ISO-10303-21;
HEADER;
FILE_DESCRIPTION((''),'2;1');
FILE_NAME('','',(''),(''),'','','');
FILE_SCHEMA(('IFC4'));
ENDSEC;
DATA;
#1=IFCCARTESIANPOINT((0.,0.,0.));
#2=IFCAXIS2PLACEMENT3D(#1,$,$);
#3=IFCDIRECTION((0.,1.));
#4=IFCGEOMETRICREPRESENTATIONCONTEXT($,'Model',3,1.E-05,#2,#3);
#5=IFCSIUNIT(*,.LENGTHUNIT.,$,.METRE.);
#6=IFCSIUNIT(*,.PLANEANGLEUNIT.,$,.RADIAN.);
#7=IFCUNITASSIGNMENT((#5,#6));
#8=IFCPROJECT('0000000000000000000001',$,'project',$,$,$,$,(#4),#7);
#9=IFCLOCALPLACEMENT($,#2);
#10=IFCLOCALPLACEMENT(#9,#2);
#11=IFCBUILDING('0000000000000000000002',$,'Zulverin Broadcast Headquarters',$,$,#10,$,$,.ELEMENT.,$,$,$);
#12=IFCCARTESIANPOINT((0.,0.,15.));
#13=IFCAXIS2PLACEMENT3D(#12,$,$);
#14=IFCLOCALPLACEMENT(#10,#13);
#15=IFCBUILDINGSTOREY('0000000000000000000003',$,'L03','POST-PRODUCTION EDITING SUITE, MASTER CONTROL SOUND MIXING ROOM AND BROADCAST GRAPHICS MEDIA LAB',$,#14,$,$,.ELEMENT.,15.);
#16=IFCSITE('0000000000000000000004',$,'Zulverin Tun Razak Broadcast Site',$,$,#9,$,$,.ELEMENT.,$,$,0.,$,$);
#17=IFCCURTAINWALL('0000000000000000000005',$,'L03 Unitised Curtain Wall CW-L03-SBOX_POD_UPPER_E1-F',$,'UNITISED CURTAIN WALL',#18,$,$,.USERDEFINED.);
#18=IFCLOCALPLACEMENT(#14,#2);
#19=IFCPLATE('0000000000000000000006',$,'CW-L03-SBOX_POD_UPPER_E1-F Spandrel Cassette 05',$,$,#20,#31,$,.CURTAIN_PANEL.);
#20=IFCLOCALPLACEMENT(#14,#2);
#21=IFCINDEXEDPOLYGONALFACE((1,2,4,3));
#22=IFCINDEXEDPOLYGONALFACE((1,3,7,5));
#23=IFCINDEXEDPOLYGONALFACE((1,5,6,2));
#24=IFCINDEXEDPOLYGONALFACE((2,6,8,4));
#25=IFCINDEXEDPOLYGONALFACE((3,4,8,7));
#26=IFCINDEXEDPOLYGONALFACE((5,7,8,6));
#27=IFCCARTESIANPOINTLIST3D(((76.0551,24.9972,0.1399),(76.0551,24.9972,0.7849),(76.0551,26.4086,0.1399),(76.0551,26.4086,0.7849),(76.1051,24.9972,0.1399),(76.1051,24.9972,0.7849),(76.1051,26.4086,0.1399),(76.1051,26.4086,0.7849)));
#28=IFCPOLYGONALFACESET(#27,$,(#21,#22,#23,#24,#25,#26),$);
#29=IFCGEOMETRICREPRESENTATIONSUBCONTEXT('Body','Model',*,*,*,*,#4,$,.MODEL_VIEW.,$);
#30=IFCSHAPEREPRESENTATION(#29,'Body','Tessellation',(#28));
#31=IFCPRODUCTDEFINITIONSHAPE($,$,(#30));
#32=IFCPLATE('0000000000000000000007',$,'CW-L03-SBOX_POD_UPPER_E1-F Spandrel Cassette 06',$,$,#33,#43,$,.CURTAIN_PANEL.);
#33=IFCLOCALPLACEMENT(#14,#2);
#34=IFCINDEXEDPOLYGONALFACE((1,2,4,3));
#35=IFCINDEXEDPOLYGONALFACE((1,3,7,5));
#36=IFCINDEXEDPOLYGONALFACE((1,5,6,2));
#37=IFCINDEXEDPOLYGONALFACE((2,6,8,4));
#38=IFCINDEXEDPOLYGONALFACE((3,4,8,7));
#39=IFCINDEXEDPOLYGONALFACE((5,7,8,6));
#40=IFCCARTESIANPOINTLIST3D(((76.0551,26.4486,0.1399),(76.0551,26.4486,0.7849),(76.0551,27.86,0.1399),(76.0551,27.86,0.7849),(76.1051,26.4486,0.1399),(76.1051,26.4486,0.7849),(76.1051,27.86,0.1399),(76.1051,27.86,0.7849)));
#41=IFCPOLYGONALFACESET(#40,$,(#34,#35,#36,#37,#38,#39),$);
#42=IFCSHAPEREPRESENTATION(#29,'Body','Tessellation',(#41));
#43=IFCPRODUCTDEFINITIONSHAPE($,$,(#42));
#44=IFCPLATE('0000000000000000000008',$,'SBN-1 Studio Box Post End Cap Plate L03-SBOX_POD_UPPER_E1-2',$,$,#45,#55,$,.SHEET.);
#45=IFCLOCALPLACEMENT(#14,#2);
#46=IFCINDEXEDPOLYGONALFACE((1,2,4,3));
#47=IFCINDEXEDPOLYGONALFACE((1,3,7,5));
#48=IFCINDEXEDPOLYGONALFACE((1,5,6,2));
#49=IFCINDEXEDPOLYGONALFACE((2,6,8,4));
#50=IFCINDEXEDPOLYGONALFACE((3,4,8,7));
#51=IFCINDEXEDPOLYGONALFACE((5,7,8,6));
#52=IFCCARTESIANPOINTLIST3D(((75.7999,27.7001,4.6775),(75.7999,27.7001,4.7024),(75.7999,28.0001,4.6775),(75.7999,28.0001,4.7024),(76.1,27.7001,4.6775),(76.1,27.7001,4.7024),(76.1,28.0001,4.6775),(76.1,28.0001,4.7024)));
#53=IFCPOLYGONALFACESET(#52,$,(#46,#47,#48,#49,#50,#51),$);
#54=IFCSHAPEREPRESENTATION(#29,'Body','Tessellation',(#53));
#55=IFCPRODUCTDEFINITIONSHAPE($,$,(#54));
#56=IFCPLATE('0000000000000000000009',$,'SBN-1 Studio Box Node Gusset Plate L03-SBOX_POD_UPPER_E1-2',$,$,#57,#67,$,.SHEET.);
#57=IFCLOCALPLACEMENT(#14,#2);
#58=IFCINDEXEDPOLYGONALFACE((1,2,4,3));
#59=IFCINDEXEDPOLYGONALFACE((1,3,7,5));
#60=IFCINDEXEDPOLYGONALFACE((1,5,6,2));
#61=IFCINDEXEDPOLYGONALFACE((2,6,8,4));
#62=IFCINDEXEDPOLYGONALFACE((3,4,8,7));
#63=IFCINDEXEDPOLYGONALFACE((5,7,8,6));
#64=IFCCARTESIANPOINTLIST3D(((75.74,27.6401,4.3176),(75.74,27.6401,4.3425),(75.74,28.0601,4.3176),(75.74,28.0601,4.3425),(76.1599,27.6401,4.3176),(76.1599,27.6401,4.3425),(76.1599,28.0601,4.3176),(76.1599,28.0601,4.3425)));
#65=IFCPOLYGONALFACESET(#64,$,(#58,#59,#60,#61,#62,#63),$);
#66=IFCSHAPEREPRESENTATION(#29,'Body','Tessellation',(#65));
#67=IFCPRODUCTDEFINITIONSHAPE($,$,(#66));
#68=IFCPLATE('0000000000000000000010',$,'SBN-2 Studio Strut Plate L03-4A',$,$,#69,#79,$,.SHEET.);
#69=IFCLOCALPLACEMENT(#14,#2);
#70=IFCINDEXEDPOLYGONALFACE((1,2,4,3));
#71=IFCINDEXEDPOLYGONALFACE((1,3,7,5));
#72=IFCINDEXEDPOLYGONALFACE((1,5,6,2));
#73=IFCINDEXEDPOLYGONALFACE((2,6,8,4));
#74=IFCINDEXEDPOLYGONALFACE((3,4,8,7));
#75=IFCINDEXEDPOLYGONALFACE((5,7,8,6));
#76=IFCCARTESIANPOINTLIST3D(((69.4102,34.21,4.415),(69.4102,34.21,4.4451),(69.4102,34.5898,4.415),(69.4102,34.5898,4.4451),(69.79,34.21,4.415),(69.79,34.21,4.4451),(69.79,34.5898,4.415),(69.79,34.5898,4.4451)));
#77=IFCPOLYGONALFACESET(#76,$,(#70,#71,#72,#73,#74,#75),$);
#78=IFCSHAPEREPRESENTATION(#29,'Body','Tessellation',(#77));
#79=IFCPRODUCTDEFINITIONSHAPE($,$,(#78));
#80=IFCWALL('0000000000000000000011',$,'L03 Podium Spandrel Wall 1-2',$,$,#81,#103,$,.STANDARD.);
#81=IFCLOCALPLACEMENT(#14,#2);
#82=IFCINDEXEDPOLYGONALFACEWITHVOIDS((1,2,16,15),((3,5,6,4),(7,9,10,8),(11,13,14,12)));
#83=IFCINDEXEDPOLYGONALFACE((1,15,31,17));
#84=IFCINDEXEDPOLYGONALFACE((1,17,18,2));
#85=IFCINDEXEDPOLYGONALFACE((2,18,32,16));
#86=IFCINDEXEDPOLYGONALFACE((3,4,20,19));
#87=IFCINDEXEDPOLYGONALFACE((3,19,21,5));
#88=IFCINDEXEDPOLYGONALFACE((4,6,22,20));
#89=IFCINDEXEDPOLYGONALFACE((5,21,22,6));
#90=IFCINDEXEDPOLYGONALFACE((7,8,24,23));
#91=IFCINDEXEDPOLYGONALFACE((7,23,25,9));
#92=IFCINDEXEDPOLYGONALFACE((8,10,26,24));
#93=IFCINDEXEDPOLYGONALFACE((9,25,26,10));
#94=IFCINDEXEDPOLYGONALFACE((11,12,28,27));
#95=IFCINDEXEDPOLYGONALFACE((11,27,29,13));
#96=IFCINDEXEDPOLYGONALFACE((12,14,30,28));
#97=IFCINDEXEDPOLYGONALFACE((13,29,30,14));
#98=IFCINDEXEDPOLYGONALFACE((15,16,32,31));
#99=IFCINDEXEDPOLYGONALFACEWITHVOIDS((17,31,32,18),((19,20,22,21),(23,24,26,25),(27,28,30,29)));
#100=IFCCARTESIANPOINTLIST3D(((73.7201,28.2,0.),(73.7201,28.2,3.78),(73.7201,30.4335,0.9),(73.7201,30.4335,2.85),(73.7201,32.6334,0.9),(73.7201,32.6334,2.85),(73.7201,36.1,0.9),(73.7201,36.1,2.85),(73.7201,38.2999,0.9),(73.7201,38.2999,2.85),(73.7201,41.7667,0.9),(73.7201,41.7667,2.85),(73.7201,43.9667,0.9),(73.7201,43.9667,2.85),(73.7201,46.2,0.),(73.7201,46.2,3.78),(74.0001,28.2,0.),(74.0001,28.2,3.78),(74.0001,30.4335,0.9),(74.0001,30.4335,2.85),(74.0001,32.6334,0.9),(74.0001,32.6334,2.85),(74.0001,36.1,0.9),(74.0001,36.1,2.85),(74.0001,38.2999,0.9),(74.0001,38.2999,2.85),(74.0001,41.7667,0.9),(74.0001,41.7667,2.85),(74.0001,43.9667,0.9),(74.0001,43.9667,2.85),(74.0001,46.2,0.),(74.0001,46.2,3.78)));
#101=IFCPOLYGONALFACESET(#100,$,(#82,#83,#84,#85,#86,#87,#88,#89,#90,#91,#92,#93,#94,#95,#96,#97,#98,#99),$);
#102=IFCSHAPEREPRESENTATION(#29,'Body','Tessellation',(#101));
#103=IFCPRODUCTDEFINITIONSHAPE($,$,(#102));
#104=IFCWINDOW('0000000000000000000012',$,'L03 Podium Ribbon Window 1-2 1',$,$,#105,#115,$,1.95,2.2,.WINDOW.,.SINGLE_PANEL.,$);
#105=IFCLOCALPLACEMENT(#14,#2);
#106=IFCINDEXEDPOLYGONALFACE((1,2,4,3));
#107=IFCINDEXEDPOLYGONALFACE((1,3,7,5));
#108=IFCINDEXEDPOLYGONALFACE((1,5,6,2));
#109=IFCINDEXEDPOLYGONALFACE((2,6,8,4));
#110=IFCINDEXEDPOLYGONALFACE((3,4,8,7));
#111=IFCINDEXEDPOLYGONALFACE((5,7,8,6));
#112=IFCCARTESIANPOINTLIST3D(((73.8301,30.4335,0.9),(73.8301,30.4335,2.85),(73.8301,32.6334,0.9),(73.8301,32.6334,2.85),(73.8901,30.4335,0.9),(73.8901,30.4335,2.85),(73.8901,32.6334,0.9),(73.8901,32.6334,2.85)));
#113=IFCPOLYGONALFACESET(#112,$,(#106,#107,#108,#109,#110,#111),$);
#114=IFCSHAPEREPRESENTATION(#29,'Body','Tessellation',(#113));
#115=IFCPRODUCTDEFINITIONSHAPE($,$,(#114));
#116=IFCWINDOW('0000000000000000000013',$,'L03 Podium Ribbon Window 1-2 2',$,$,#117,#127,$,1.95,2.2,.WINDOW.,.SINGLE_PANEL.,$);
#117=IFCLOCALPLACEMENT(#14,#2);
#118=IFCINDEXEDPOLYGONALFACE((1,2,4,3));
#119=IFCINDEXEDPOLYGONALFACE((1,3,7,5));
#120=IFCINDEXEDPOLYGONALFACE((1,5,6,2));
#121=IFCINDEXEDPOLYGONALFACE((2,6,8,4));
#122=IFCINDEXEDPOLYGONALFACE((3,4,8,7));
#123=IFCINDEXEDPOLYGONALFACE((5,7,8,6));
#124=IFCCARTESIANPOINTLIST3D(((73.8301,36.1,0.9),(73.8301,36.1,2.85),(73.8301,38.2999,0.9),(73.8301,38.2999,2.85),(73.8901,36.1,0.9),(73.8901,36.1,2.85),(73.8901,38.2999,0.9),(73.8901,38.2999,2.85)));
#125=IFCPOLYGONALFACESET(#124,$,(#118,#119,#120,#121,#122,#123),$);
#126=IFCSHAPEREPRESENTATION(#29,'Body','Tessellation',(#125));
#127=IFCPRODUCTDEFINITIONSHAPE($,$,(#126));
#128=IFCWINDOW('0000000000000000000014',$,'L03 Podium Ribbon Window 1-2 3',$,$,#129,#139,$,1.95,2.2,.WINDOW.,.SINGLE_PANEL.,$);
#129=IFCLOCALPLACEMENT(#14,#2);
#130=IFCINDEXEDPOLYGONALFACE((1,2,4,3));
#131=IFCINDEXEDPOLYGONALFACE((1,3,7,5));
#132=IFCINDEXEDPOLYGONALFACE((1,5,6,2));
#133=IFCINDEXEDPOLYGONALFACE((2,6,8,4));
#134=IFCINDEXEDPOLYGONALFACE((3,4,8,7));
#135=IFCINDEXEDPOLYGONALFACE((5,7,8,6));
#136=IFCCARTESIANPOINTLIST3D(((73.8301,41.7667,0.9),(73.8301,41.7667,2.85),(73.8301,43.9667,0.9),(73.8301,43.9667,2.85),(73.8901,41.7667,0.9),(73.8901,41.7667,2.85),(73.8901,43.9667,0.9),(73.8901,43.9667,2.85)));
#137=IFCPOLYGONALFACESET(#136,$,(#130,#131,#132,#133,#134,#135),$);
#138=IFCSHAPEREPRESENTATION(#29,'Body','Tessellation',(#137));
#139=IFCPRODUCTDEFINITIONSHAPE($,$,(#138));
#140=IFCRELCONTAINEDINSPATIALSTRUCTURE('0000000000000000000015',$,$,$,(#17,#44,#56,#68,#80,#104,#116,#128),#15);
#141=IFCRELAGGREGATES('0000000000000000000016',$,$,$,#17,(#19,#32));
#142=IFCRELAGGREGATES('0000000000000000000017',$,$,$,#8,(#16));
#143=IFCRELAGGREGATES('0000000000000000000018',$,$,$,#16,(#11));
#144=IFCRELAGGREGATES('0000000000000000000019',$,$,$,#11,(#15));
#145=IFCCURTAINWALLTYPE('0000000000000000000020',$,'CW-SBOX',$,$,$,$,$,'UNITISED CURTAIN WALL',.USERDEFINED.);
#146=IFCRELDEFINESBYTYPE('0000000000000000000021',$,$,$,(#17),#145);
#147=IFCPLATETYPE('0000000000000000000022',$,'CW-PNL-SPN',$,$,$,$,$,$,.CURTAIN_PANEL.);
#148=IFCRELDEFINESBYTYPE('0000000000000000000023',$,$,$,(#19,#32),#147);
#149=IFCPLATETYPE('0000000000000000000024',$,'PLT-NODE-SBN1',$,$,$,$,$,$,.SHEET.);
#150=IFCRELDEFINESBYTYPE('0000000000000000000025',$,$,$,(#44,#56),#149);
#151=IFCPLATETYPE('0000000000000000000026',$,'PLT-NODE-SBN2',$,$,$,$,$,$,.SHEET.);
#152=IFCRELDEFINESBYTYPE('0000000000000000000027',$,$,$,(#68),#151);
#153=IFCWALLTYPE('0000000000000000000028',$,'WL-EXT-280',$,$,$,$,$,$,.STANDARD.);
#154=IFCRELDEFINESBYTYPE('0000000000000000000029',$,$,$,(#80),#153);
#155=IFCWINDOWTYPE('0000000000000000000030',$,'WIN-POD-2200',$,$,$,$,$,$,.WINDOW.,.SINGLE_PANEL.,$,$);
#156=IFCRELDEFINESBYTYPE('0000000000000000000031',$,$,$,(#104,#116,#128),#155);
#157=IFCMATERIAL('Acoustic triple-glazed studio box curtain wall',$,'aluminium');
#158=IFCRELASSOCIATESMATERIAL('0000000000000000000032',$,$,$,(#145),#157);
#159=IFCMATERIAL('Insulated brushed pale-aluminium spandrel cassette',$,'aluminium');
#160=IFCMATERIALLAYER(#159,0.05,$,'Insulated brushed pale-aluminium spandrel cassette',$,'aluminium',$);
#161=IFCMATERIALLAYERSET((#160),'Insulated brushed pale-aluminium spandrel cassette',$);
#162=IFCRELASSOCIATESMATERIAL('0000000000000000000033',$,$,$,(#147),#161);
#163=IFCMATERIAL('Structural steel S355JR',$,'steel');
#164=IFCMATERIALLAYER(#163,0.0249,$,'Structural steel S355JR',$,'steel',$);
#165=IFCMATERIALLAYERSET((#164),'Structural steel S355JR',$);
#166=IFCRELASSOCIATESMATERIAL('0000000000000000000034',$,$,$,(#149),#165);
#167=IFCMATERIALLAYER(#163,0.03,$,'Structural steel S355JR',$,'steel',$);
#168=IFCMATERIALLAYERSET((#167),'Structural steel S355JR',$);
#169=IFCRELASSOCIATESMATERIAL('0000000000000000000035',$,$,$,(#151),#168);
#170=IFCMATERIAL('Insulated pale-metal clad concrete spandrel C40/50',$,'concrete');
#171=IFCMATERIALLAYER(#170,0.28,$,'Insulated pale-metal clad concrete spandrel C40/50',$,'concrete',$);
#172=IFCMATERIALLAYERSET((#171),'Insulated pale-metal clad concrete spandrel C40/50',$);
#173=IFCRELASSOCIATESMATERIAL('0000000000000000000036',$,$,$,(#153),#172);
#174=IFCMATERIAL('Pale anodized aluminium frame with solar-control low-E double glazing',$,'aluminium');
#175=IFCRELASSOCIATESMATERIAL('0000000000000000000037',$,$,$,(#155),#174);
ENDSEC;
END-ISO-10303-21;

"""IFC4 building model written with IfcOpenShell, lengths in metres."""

from ifc_helpers import new_model, si_unit, direction, frame, frame_2d, origin, origin_2d, place, context, subcontext, project, spatial, rectangle, extrude, material, layer, layer_set, type_object, element, fill, aggregate, save


model = new_model("IFC4")

# Units and contexts
model_context = context("Model", 3, precision=1e-05, world=origin(), true_north=direction((0.0, 1.0)))
body_context = subcontext(model_context, "Body", "Model", "MODEL_VIEW")
ifc_project = project(units=[si_unit("LENGTHUNIT", "METRE"), si_unit("PLANEANGLEUNIT", "RADIAN")], contexts=[model_context])

# Site, building, storey
site_placement = place(None, origin())
site = spatial("IfcSite", under=ifc_project, at=site_placement, Name="Zulverin Tun Razak Broadcast Site", CompositionType="ELEMENT", RefElevation=0.0)
building_placement = place(site_placement, origin())
building = spatial("IfcBuilding", under=site, at=building_placement, Name="Zulverin Broadcast Headquarters", CompositionType="ELEMENT")
storey_placement = place(building_placement, frame((0.0, 0.0, 15.0)))
storey = spatial("IfcBuildingStorey", under=building, at=storey_placement, Name="L03", Description="POST-PRODUCTION EDITING SUITE, MASTER CONTROL SOUND MIXING ROOM AND BROADCAST GRAPHICS MEDIA LAB", CompositionType="ELEMENT", Elevation=15.0)

# Shared definitions
ifc_material_1 = material(Name="Structural steel S355JR", Category="steel")

# Curtain wall
ifc_material_2 = material(Name="Acoustic triple-glazed studio box curtain wall", Category="aluminium")
curtain_wall_type = type_object("IfcCurtainWallType", Name="CW-SBOX", ElementType="UNITISED CURTAIN WALL", PredefinedType="USERDEFINED", material=ifc_material_2)
curtain_wall_placement = place(storey_placement, origin())
curtain_wall = element("IfcCurtainWall", 1, at=curtain_wall_placement, inside=storey, type_object=curtain_wall_type, Name="L03 Unitised Curtain Wall CW-L03-SBOX_POD_UPPER_E1-F", ObjectType="UNITISED CURTAIN WALL", PredefinedType="USERDEFINED")

# Plates
ifc_material_3 = material(Name="Insulated brushed pale-aluminium spandrel cassette", Category="aluminium")
ifc_layer_1 = layer(ifc_material_3, 0.05, Name="Insulated brushed pale-aluminium spandrel cassette", Category="aluminium")
ifc_layer_set_1 = layer_set([ifc_layer_1], Name="Insulated brushed pale-aluminium spandrel cassette")
plate_type_1 = type_object("IfcPlateType", Name="CW-PNL-SPN", PredefinedType="CURTAIN_PANEL", material=ifc_layer_set_1)
plate_1_placement = place(storey_placement, frame((76.0801, 25.7029, 0.1399), z_axis=(0.0, 0.0, 1.0), x_axis=(0.0, 1.0, 0.0)))
plate_1 = element("IfcPlate", 2, at=plate_1_placement, type_object=plate_type_1, Name="CW-L03-SBOX_POD_UPPER_E1-F Spandrel Cassette 05", PredefinedType="CURTAIN_PANEL", context=body_context, shape_type="SweptSolid", body=[
    extrude(rectangle(XDim=1.4114, YDim=0.05, at=origin_2d()), origin(), (0.0, 0.0, 1.0), 0.645),
])
plate_2_placement = place(storey_placement, frame((76.0801, 27.1543, 0.1399), z_axis=(0.0, 0.0, 1.0), x_axis=(0.0, 1.0, 0.0)))
plate_2 = element("IfcPlate", 3, at=plate_2_placement, type_object=plate_type_1, Name="CW-L03-SBOX_POD_UPPER_E1-F Spandrel Cassette 06", PredefinedType="CURTAIN_PANEL", context=body_context, shape_type="SweptSolid", body=[
    extrude(rectangle(XDim=1.4114, YDim=0.05, at=origin_2d()), origin(), (0.0, 0.0, 1.0), 0.645),
])
aggregate(curtain_wall, [plate_1, plate_2])

# Plates
ifc_layer_2 = layer(ifc_material_1, 0.0249, Name="Structural steel S355JR", Category="steel")
ifc_layer_set_2 = layer_set([ifc_layer_2], Name="Structural steel S355JR")
plate_type_2 = type_object("IfcPlateType", Name="PLT-NODE-SBN1", PredefinedType="SHEET", material=ifc_layer_set_2)
plate_3_placement = place(storey_placement, frame((75.95, 27.8501, 4.6775), z_axis=(0.0, 0.0, 1.0), x_axis=(1.0, 0.0, 0.0)))
element("IfcPlate", 4, at=plate_3_placement, inside=storey, type_object=plate_type_2, Name="SBN-1 Studio Box Post End Cap Plate L03-SBOX_POD_UPPER_E1-2", PredefinedType="SHEET", context=body_context, shape_type="SweptSolid", body=[
    extrude(rectangle(XDim=0.3, YDim=0.3, at=origin_2d()), origin(), (0.0, 0.0, 1.0), 0.0249),
])
plate_4_placement = place(storey_placement, frame((75.95, 27.8501, 4.3176), z_axis=(0.0, 0.0, 1.0), x_axis=(1.0, 0.0, 0.0)))
element("IfcPlate", 5, at=plate_4_placement, inside=storey, type_object=plate_type_2, Name="SBN-1 Studio Box Node Gusset Plate L03-SBOX_POD_UPPER_E1-2", PredefinedType="SHEET", context=body_context, shape_type="SweptSolid", body=[
    extrude(rectangle(XDim=0.4199, YDim=0.4199, at=origin_2d()), origin(), (0.0, 0.0, 1.0), 0.0249),
])
ifc_layer_3 = layer(ifc_material_1, 0.03, Name="Structural steel S355JR", Category="steel")
ifc_layer_set_3 = layer_set([ifc_layer_3], Name="Structural steel S355JR")
plate_type_3 = type_object("IfcPlateType", Name="PLT-NODE-SBN2", PredefinedType="SHEET", material=ifc_layer_set_3)
plate_5_placement = place(storey_placement, frame((69.6001, 34.3999, 4.415), z_axis=(0.0, 0.0, 1.0), x_axis=(1.0, 0.0, 0.0)))
element("IfcPlate", 6, at=plate_5_placement, inside=storey, type_object=plate_type_3, Name="SBN-2 Studio Strut Plate L03-4A", PredefinedType="SHEET", context=body_context, shape_type="SweptSolid", body=[
    extrude(rectangle(XDim=0.3799, YDim=0.3799, at=origin_2d()), origin(), (0.0, 0.0, 1.0), 0.03),
])

# Wall, openings, windows
ifc_material_4 = material(Name="Insulated pale-metal clad concrete spandrel C40/50", Category="concrete")
ifc_layer_4 = layer(ifc_material_4, 0.28, Name="Insulated pale-metal clad concrete spandrel C40/50", Category="concrete")
ifc_layer_set_4 = layer_set([ifc_layer_4], Name="Insulated pale-metal clad concrete spandrel C40/50")
wall_type_1 = type_object("IfcWallType", Name="WL-EXT-280", PredefinedType="STANDARD", material=ifc_layer_set_4)
wall_1_placement = place(storey_placement, frame((73.8601, 28.2, 0.0), z_axis=(0.0, 0.0, 1.0), x_axis=(0.0, 1.0, 0.0)))
wall_1 = element("IfcWall", 7, at=wall_1_placement, inside=storey, type_object=wall_type_1, Name="L03 Podium Spandrel Wall 1-2", PredefinedType="STANDARD", context=body_context, shape_type="SweptSolid", body=[
    extrude(rectangle(XDim=18.0, YDim=0.28, at=frame_2d((9.0, 0.0))), origin(), (0.0, 0.0, 1.0), 3.78),
])
opening_1_placement = place(wall_1_placement, frame((2.2334, 0.0, 0.8999)))
opening_1 = element("IfcOpeningElement", 8, at=opening_1_placement, cuts=wall_1, PredefinedType="OPENING", context=body_context, shape_type="SweptSolid", body=[
    extrude(rectangle(XDim=2.2, YDim=1.95, at=frame_2d((1.1001, 0.9751))), frame((0.0, 0.1499, 0.0), z_axis=(0.0, -1.0, 0.0), x_axis=(1.0, 0.0, 0.0)), (0.0, 0.0, 1.0), 0.3),
])
opening_2_placement = place(wall_1_placement, frame((7.8999, 0.0, 0.8999)))
opening_2 = element("IfcOpeningElement", 9, at=opening_2_placement, cuts=wall_1, PredefinedType="OPENING", context=body_context, shape_type="SweptSolid", body=[
    extrude(rectangle(XDim=2.2, YDim=1.95, at=frame_2d((1.1001, 0.9751))), frame((0.0, 0.1499, 0.0), z_axis=(0.0, -1.0, 0.0), x_axis=(1.0, 0.0, 0.0)), (0.0, 0.0, 1.0), 0.3),
])
opening_3_placement = place(wall_1_placement, frame((13.5667, 0.0, 0.8999)))
opening_3 = element("IfcOpeningElement", 10, at=opening_3_placement, cuts=wall_1, PredefinedType="OPENING", context=body_context, shape_type="SweptSolid", body=[
    extrude(rectangle(XDim=2.2, YDim=1.95, at=frame_2d((1.1001, 0.9751))), frame((0.0, 0.1499, 0.0), z_axis=(0.0, -1.0, 0.0), x_axis=(1.0, 0.0, 0.0)), (0.0, 0.0, 1.0), 0.3),
])
ifc_material_5 = material(Name="Pale anodized aluminium frame with solar-control low-E double glazing", Category="aluminium")
window_type_1 = type_object("IfcWindowType", Name="WIN-POD-2200", PartitioningType="SINGLE_PANEL", PredefinedType="WINDOW", material=ifc_material_5)
window_1_placement = place(opening_1_placement, origin())
window_1 = element("IfcWindow", 11, at=window_1_placement, inside=storey, type_object=window_type_1, Name="L03 Podium Ribbon Window 1-2 1", OverallHeight=1.95, OverallWidth=2.2, PartitioningType="SINGLE_PANEL", PredefinedType="WINDOW", context=body_context, shape_type="SweptSolid", body=[
    extrude(rectangle(XDim=2.2, YDim=1.95, at=frame_2d((1.1001, 0.9751))), frame((0.0, 0.03, 0.0), z_axis=(0.0, -1.0, 0.0), x_axis=(1.0, 0.0, 0.0)), (0.0, 0.0, 1.0), 0.0601),
])
fill(opening_1, window_1)
window_2_placement = place(opening_2_placement, origin())
window_2 = element("IfcWindow", 12, at=window_2_placement, inside=storey, type_object=window_type_1, Name="L03 Podium Ribbon Window 1-2 2", OverallHeight=1.95, OverallWidth=2.2, PartitioningType="SINGLE_PANEL", PredefinedType="WINDOW", context=body_context, shape_type="SweptSolid", body=[
    extrude(rectangle(XDim=2.2, YDim=1.95, at=frame_2d((1.1001, 0.9751))), frame((0.0, 0.03, 0.0), z_axis=(0.0, -1.0, 0.0), x_axis=(1.0, 0.0, 0.0)), (0.0, 0.0, 1.0), 0.0601),
])
fill(opening_2, window_2)
window_3_placement = place(opening_3_placement, origin())
window_3 = element("IfcWindow", 13, at=window_3_placement, inside=storey, type_object=window_type_1, Name="L03 Podium Ribbon Window 1-2 3", OverallHeight=1.95, OverallWidth=2.2, PartitioningType="SINGLE_PANEL", PredefinedType="WINDOW", context=body_context, shape_type="SweptSolid", body=[
    extrude(rectangle(XDim=2.2, YDim=1.95, at=frame_2d((1.1001, 0.9751))), frame((0.0, 0.03, 0.0), z_axis=(0.0, -1.0, 0.0), x_axis=(1.0, 0.0, 0.0)), (0.0, 0.0, 1.0), 0.0601),
])
fill(opening_3, window_3)

save(model, "model.ifc")
